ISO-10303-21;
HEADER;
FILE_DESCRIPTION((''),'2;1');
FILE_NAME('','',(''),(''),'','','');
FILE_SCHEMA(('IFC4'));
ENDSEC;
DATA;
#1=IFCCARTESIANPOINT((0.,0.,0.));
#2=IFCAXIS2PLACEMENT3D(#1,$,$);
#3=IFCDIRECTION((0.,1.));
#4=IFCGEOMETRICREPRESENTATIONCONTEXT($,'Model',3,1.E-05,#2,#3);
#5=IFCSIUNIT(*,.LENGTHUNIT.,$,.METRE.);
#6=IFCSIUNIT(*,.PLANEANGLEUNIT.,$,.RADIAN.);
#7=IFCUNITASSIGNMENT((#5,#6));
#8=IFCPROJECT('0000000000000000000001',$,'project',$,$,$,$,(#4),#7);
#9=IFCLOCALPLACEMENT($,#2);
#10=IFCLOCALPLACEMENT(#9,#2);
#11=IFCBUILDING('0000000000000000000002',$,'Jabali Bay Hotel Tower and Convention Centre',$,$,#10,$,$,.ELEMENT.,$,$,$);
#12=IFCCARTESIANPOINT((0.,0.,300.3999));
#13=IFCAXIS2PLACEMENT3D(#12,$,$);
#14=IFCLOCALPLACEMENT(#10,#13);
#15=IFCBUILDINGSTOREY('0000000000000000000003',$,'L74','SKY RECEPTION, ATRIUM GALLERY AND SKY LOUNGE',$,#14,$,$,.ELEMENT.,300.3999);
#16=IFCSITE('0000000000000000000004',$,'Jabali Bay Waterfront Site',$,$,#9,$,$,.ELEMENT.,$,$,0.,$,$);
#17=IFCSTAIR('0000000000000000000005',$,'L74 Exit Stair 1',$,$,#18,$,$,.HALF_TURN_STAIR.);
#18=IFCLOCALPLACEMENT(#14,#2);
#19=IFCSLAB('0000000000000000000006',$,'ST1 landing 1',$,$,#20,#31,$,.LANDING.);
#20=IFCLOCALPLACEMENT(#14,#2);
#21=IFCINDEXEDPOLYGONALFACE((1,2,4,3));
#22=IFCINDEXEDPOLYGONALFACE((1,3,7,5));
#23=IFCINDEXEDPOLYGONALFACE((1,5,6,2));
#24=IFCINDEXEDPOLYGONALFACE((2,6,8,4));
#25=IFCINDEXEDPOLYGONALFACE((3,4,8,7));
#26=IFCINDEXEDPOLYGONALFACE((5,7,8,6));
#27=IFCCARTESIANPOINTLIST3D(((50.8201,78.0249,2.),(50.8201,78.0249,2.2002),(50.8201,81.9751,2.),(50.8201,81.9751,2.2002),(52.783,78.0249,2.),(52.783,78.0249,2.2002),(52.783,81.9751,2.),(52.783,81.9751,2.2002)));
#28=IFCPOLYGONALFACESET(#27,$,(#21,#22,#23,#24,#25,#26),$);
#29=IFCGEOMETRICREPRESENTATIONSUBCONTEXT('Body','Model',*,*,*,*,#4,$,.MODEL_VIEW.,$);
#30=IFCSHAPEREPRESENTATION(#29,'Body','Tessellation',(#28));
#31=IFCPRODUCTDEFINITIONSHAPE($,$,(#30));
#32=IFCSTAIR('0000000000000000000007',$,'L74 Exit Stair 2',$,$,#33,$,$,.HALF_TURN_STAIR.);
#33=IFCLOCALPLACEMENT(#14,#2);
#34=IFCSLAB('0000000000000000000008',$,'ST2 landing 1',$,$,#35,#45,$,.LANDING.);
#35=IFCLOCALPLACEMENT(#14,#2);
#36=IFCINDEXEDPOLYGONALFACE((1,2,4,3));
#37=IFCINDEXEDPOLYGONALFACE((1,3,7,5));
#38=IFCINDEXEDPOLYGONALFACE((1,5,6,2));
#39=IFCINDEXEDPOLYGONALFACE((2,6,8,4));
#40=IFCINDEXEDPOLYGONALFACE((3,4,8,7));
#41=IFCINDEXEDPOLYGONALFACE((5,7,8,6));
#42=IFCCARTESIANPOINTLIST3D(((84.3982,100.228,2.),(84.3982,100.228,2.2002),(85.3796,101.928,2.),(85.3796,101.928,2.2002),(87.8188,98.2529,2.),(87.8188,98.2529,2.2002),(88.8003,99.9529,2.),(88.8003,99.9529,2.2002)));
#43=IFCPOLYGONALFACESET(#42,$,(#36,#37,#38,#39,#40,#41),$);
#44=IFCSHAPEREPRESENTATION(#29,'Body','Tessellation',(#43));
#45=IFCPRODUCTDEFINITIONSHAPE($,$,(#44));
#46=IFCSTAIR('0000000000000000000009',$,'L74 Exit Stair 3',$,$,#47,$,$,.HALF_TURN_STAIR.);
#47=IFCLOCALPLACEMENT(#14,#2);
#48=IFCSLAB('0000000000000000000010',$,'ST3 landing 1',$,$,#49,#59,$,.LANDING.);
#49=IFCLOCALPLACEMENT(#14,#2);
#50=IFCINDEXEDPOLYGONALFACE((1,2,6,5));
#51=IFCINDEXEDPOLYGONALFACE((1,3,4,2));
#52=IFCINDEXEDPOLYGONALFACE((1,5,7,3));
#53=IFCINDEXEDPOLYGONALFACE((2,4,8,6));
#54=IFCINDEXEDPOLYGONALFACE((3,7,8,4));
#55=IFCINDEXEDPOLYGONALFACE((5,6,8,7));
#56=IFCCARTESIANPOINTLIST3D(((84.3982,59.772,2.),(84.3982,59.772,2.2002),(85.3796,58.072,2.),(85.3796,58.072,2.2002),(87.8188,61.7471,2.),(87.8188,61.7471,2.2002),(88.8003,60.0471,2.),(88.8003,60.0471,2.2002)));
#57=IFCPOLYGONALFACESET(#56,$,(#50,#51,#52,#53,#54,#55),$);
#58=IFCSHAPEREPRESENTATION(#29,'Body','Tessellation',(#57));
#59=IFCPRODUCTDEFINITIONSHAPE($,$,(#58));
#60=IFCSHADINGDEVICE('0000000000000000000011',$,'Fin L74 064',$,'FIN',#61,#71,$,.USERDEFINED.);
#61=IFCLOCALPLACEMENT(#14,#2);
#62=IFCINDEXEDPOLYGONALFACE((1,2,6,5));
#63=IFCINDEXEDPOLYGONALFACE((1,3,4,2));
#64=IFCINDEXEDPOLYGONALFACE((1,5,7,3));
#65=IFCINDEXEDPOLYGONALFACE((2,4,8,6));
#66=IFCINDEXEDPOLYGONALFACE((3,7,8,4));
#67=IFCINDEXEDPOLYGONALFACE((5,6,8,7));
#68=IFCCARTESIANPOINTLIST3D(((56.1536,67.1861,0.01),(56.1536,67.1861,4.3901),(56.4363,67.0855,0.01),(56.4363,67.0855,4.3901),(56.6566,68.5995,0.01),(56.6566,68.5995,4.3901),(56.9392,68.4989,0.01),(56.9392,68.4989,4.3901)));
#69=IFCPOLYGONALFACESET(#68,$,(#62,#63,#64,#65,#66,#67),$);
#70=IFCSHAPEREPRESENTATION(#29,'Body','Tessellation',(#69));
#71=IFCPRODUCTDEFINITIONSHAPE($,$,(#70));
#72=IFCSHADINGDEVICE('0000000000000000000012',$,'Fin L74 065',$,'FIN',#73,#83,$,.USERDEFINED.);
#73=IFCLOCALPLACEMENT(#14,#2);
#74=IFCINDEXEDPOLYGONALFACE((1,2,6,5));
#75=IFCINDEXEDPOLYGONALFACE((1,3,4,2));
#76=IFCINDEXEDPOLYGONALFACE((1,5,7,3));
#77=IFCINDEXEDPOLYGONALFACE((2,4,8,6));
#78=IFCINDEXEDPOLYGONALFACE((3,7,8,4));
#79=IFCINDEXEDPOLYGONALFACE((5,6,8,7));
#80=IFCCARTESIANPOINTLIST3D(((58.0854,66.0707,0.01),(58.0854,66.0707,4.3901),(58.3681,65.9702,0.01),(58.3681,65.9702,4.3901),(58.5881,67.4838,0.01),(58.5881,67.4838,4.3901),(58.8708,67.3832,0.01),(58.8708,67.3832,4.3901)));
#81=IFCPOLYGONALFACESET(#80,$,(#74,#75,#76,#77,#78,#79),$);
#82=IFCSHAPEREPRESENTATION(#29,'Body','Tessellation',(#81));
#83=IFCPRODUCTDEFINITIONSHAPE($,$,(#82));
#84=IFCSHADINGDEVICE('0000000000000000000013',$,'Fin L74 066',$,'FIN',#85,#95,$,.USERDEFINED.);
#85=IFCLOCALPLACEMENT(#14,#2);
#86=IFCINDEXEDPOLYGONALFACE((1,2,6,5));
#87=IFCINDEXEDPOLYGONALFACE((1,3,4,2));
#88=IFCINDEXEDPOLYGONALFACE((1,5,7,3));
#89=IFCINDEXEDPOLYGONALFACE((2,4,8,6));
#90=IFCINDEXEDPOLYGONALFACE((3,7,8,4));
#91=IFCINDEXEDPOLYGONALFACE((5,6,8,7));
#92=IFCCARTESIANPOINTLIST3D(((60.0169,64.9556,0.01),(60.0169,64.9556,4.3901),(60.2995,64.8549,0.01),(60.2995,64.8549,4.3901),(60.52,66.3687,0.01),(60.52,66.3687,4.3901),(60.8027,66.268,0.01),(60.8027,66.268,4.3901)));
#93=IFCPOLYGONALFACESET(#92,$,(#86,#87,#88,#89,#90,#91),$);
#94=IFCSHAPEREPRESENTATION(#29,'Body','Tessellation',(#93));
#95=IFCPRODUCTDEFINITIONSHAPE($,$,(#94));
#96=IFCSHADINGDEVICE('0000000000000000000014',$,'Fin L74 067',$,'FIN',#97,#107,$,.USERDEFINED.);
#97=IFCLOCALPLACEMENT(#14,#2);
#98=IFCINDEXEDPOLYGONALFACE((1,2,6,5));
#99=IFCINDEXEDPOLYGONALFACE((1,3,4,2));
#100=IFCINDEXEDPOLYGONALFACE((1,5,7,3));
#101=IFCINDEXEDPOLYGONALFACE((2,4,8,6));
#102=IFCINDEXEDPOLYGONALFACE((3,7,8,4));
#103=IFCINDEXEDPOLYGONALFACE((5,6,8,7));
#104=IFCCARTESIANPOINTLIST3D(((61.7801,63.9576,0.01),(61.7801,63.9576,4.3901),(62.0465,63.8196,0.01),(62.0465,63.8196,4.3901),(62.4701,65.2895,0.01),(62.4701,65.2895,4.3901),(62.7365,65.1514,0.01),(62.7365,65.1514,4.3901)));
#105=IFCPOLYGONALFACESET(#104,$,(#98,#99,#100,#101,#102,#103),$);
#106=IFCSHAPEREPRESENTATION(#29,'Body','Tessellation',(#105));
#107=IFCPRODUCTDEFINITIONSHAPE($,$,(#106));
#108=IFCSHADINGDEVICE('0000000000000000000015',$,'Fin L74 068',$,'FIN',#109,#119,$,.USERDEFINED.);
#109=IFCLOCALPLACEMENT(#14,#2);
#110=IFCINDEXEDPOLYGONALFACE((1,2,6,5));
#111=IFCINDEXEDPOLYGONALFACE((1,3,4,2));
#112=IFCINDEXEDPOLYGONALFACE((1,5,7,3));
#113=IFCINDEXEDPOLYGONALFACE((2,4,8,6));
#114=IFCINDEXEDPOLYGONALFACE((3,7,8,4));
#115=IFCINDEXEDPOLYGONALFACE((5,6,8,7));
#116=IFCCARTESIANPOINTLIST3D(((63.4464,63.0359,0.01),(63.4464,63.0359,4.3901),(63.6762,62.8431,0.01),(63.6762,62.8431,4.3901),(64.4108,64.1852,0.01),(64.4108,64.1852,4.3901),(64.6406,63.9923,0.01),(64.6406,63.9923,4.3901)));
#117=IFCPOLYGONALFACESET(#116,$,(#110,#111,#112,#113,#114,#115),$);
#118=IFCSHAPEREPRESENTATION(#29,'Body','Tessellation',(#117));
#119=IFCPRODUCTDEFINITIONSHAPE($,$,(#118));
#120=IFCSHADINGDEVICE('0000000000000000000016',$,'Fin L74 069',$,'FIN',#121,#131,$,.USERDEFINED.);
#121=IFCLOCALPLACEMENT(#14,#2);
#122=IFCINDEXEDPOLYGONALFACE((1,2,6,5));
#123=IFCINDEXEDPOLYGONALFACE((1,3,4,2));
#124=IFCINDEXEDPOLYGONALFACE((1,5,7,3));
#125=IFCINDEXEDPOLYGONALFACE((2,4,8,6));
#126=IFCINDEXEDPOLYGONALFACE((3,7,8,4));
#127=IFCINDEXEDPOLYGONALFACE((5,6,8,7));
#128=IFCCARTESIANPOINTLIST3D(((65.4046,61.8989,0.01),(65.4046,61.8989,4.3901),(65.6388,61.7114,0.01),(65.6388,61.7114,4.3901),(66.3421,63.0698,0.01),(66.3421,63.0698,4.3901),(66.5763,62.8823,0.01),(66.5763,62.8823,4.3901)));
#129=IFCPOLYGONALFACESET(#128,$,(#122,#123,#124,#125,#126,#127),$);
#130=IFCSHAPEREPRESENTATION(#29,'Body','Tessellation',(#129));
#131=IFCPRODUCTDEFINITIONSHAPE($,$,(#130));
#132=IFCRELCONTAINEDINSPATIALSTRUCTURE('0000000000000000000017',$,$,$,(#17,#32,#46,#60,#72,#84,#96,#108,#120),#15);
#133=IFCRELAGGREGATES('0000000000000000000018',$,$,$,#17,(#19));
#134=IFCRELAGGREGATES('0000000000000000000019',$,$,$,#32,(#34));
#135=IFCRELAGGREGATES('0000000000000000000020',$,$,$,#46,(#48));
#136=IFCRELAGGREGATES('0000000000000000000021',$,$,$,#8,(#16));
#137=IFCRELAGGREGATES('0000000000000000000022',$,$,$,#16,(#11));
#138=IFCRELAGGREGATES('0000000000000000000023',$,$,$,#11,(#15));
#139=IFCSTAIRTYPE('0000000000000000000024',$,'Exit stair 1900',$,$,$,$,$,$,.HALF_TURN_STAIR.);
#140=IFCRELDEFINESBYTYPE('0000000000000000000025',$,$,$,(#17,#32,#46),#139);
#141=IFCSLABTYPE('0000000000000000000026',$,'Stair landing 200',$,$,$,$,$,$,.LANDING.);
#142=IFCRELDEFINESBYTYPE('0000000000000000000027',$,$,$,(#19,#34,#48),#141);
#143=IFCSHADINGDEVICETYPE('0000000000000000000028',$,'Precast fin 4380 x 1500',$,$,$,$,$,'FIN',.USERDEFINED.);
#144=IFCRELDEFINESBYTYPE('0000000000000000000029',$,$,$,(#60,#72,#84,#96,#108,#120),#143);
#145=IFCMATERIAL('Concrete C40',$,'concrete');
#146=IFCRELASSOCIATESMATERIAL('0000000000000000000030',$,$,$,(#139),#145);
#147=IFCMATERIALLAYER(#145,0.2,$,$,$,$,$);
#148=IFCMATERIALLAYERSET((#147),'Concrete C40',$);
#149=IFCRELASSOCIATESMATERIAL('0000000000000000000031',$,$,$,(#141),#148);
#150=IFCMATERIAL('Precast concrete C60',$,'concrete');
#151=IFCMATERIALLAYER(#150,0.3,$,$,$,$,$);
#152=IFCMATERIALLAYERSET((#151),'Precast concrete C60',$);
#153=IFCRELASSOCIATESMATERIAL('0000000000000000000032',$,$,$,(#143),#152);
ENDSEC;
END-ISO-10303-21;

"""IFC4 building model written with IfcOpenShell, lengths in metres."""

from ifc_helpers import new_model, si_unit, direction, frame, frame_2d, origin, place, context, subcontext, project, spatial, polyline, rectangle, outline, extrude, material, layer, layer_set, type_object, element, aggregate, save


model = new_model("IFC4")

# Units and contexts
model_context = context("Model", 3, precision=1e-05, world=origin(), true_north=direction((0.0, 1.0)))
body_context = subcontext(model_context, "Body", "Model", "MODEL_VIEW")
ifc_project = project(units=[si_unit("LENGTHUNIT", "METRE"), si_unit("PLANEANGLEUNIT", "RADIAN")], contexts=[model_context])

# Site, building, storey
site_placement = place(None, origin())
site = spatial("IfcSite", under=ifc_project, at=site_placement, Name="Jabali Bay Waterfront Site", CompositionType="ELEMENT", RefElevation=0.0)
building_placement = place(site_placement, origin())
building = spatial("IfcBuilding", under=site, at=building_placement, Name="Jabali Bay Hotel Tower and Convention Centre", CompositionType="ELEMENT")
storey_placement = place(building_placement, frame((0.0, 0.0, 300.3999)))
storey = spatial("IfcBuildingStorey", under=building, at=storey_placement, Name="L74", Description="SKY RECEPTION, ATRIUM GALLERY AND SKY LOUNGE", CompositionType="ELEMENT", Elevation=300.3999)

# Shared definitions
ifc_material_1 = material(Name="Concrete C40", Category="concrete")

# Stairs, slabs
stair_type = type_object("IfcStairType", Name="Exit stair 1900", PredefinedType="HALF_TURN_STAIR", material=ifc_material_1)
stair_1_placement = place(storey_placement, origin())
stair_1 = element("IfcStair", 1, at=stair_1_placement, inside=storey, type_object=stair_type, Name="L74 Exit Stair 1", PredefinedType="HALF_TURN_STAIR")
ifc_layer_1 = layer(ifc_material_1, 0.2)
ifc_layer_set_1 = layer_set([ifc_layer_1], Name="Concrete C40")
slab_type_1 = type_object("IfcSlabType", Name="Stair landing 200", PredefinedType="LANDING", material=ifc_layer_set_1)
slab_1_placement = place(storey_placement, frame((0.0, 0.0, 2.0)))
slab_1 = element("IfcSlab", 2, at=slab_1_placement, type_object=slab_type_1, Name="ST1 landing 1", PredefinedType="LANDING", context=body_context, shape_type="SweptSolid", body=[
    extrude(outline(polyline([(52.783, 81.9751), (50.8201, 81.9751), (50.8201, 78.0249), (52.783, 78.0249), (52.783, 81.9751)])), origin(), (0.0, 0.0, 1.0), 0.2002),
])
aggregate(stair_1, [slab_1])
stair_2_placement = place(storey_placement, origin())
stair_2 = element("IfcStair", 3, at=stair_2_placement, inside=storey, type_object=stair_type, Name="L74 Exit Stair 2", PredefinedType="HALF_TURN_STAIR")
slab_2_placement = place(storey_placement, frame((0.0, 0.0, 2.0)))
slab_2 = element("IfcSlab", 4, at=slab_2_placement, type_object=slab_type_1, Name="ST2 landing 1", PredefinedType="LANDING", context=body_context, shape_type="SweptSolid", body=[
    extrude(outline(polyline([(87.8188, 98.2529), (88.8003, 99.9529), (85.3796, 101.928), (84.3982, 100.228), (87.8188, 98.2529)])), origin(), (0.0, 0.0, 1.0), 0.2002),
])
aggregate(stair_2, [slab_2])
stair_3_placement = place(storey_placement, origin())
stair_3 = element("IfcStair", 5, at=stair_3_placement, inside=storey, type_object=stair_type, Name="L74 Exit Stair 3", PredefinedType="HALF_TURN_STAIR")
slab_3_placement = place(storey_placement, frame((0.0, 0.0, 2.0)))
slab_3 = element("IfcSlab", 6, at=slab_3_placement, type_object=slab_type_1, Name="ST3 landing 1", PredefinedType="LANDING", context=body_context, shape_type="SweptSolid", body=[
    extrude(outline(polyline([(84.3982, 59.772), (85.3796, 58.072), (88.8003, 60.0471), (87.8188, 61.7471), (84.3982, 59.772)])), origin(), (0.0, 0.0, 1.0), 0.2002),
])
aggregate(stair_3, [slab_3])

# Shading devices
ifc_material_2 = material(Name="Precast concrete C60", Category="concrete")
ifc_layer_2 = layer(ifc_material_2, 0.3)
ifc_layer_set_2 = layer_set([ifc_layer_2], Name="Precast concrete C60")
shading_device_type = type_object("IfcShadingDeviceType", Name="Precast fin 4380 x 1500", ElementType="FIN", PredefinedType="USERDEFINED", material=ifc_layer_set_2)
shading_device_1_placement = place(storey_placement, frame((56.7979, 68.5491, 0.01), z_axis=(0.0, 0.0, 1.0), x_axis=(-0.335254, -0.942128, 0.0)))
element("IfcShadingDevice", 7, at=shading_device_1_placement, inside=storey, type_object=shading_device_type, Name="Fin L74 064", ObjectType="FIN", PredefinedType="USERDEFINED", context=body_context, shape_type="SweptSolid", body=[
    extrude(rectangle(XDim=1.5002, YDim=0.3, at=frame_2d((0.75, 0.0))), origin(), (0.0, 0.0, 1.0), 4.3801),
])
shading_device_2_placement = place(storey_placement, frame((58.7295, 67.4336, 0.01), z_axis=(0.0, 0.0, 1.0), x_axis=(-0.335161, -0.942161, 0.0)))
element("IfcShadingDevice", 8, at=shading_device_2_placement, inside=storey, type_object=shading_device_type, Name="Fin L74 065", ObjectType="FIN", PredefinedType="USERDEFINED", context=body_context, shape_type="SweptSolid", body=[
    extrude(rectangle(XDim=1.4998, YDim=0.3, at=frame_2d((0.75, 0.0))), origin(), (0.0, 0.0, 1.0), 4.3801),
])
for number, where, z_axis, x_axis, name in (
    (9, (60.6614, 66.3184, 0.01), (0.0, 0.0, 1.0), (-0.33545, -0.942058, 0.0), "Fin L74 066"),
    (10, (62.6033, 65.2205, 0.01), (0.0, 0.0, 1.0), (-0.459994, -0.887922, 0.0), "Fin L74 067"),
):
    element("IfcShadingDevice", number, at=place(storey_placement, frame(where, z_axis=z_axis, x_axis=x_axis)), inside=storey, type_object=shading_device_type, Name=name, ObjectType="FIN", PredefinedType="USERDEFINED", context=body_context, shape_type="SweptSolid", body=[
        extrude(rectangle(XDim=1.5, YDim=0.3, at=frame_2d((0.75, 0.0))), origin(), (0.0, 0.0, 1.0), 4.3801),
    ])
shading_device_3_placement = place(storey_placement, frame((64.5256, 64.0886, 0.01), z_axis=(0.0, 0.0, 1.0), x_axis=(-0.642822, -0.766016, 0.0)))
element("IfcShadingDevice", 11, at=shading_device_3_placement, inside=storey, type_object=shading_device_type, Name="Fin L74 068", ObjectType="FIN", PredefinedType="USERDEFINED", context=body_context, shape_type="SweptSolid", body=[
    extrude(rectangle(XDim=1.5002, YDim=0.3, at=frame_2d((0.75, 0.0))), origin(), (0.0, 0.0, 1.0), 4.3801),
])
shading_device_4_placement = place(storey_placement, frame((66.4592, 62.9761, 0.01), z_axis=(0.0, 0.0, 1.0), x_axis=(-0.625013, -0.780615, 0.0)))
element("IfcShadingDevice", 12, at=shading_device_4_placement, inside=storey, type_object=shading_device_type, Name="Fin L74 069", ObjectType="FIN", PredefinedType="USERDEFINED", context=body_context, shape_type="SweptSolid", body=[
    extrude(rectangle(XDim=1.5, YDim=0.3, at=frame_2d((0.75, 0.0))), origin(), (0.0, 0.0, 1.0), 4.3801),
])

save(model, "model.ifc")
